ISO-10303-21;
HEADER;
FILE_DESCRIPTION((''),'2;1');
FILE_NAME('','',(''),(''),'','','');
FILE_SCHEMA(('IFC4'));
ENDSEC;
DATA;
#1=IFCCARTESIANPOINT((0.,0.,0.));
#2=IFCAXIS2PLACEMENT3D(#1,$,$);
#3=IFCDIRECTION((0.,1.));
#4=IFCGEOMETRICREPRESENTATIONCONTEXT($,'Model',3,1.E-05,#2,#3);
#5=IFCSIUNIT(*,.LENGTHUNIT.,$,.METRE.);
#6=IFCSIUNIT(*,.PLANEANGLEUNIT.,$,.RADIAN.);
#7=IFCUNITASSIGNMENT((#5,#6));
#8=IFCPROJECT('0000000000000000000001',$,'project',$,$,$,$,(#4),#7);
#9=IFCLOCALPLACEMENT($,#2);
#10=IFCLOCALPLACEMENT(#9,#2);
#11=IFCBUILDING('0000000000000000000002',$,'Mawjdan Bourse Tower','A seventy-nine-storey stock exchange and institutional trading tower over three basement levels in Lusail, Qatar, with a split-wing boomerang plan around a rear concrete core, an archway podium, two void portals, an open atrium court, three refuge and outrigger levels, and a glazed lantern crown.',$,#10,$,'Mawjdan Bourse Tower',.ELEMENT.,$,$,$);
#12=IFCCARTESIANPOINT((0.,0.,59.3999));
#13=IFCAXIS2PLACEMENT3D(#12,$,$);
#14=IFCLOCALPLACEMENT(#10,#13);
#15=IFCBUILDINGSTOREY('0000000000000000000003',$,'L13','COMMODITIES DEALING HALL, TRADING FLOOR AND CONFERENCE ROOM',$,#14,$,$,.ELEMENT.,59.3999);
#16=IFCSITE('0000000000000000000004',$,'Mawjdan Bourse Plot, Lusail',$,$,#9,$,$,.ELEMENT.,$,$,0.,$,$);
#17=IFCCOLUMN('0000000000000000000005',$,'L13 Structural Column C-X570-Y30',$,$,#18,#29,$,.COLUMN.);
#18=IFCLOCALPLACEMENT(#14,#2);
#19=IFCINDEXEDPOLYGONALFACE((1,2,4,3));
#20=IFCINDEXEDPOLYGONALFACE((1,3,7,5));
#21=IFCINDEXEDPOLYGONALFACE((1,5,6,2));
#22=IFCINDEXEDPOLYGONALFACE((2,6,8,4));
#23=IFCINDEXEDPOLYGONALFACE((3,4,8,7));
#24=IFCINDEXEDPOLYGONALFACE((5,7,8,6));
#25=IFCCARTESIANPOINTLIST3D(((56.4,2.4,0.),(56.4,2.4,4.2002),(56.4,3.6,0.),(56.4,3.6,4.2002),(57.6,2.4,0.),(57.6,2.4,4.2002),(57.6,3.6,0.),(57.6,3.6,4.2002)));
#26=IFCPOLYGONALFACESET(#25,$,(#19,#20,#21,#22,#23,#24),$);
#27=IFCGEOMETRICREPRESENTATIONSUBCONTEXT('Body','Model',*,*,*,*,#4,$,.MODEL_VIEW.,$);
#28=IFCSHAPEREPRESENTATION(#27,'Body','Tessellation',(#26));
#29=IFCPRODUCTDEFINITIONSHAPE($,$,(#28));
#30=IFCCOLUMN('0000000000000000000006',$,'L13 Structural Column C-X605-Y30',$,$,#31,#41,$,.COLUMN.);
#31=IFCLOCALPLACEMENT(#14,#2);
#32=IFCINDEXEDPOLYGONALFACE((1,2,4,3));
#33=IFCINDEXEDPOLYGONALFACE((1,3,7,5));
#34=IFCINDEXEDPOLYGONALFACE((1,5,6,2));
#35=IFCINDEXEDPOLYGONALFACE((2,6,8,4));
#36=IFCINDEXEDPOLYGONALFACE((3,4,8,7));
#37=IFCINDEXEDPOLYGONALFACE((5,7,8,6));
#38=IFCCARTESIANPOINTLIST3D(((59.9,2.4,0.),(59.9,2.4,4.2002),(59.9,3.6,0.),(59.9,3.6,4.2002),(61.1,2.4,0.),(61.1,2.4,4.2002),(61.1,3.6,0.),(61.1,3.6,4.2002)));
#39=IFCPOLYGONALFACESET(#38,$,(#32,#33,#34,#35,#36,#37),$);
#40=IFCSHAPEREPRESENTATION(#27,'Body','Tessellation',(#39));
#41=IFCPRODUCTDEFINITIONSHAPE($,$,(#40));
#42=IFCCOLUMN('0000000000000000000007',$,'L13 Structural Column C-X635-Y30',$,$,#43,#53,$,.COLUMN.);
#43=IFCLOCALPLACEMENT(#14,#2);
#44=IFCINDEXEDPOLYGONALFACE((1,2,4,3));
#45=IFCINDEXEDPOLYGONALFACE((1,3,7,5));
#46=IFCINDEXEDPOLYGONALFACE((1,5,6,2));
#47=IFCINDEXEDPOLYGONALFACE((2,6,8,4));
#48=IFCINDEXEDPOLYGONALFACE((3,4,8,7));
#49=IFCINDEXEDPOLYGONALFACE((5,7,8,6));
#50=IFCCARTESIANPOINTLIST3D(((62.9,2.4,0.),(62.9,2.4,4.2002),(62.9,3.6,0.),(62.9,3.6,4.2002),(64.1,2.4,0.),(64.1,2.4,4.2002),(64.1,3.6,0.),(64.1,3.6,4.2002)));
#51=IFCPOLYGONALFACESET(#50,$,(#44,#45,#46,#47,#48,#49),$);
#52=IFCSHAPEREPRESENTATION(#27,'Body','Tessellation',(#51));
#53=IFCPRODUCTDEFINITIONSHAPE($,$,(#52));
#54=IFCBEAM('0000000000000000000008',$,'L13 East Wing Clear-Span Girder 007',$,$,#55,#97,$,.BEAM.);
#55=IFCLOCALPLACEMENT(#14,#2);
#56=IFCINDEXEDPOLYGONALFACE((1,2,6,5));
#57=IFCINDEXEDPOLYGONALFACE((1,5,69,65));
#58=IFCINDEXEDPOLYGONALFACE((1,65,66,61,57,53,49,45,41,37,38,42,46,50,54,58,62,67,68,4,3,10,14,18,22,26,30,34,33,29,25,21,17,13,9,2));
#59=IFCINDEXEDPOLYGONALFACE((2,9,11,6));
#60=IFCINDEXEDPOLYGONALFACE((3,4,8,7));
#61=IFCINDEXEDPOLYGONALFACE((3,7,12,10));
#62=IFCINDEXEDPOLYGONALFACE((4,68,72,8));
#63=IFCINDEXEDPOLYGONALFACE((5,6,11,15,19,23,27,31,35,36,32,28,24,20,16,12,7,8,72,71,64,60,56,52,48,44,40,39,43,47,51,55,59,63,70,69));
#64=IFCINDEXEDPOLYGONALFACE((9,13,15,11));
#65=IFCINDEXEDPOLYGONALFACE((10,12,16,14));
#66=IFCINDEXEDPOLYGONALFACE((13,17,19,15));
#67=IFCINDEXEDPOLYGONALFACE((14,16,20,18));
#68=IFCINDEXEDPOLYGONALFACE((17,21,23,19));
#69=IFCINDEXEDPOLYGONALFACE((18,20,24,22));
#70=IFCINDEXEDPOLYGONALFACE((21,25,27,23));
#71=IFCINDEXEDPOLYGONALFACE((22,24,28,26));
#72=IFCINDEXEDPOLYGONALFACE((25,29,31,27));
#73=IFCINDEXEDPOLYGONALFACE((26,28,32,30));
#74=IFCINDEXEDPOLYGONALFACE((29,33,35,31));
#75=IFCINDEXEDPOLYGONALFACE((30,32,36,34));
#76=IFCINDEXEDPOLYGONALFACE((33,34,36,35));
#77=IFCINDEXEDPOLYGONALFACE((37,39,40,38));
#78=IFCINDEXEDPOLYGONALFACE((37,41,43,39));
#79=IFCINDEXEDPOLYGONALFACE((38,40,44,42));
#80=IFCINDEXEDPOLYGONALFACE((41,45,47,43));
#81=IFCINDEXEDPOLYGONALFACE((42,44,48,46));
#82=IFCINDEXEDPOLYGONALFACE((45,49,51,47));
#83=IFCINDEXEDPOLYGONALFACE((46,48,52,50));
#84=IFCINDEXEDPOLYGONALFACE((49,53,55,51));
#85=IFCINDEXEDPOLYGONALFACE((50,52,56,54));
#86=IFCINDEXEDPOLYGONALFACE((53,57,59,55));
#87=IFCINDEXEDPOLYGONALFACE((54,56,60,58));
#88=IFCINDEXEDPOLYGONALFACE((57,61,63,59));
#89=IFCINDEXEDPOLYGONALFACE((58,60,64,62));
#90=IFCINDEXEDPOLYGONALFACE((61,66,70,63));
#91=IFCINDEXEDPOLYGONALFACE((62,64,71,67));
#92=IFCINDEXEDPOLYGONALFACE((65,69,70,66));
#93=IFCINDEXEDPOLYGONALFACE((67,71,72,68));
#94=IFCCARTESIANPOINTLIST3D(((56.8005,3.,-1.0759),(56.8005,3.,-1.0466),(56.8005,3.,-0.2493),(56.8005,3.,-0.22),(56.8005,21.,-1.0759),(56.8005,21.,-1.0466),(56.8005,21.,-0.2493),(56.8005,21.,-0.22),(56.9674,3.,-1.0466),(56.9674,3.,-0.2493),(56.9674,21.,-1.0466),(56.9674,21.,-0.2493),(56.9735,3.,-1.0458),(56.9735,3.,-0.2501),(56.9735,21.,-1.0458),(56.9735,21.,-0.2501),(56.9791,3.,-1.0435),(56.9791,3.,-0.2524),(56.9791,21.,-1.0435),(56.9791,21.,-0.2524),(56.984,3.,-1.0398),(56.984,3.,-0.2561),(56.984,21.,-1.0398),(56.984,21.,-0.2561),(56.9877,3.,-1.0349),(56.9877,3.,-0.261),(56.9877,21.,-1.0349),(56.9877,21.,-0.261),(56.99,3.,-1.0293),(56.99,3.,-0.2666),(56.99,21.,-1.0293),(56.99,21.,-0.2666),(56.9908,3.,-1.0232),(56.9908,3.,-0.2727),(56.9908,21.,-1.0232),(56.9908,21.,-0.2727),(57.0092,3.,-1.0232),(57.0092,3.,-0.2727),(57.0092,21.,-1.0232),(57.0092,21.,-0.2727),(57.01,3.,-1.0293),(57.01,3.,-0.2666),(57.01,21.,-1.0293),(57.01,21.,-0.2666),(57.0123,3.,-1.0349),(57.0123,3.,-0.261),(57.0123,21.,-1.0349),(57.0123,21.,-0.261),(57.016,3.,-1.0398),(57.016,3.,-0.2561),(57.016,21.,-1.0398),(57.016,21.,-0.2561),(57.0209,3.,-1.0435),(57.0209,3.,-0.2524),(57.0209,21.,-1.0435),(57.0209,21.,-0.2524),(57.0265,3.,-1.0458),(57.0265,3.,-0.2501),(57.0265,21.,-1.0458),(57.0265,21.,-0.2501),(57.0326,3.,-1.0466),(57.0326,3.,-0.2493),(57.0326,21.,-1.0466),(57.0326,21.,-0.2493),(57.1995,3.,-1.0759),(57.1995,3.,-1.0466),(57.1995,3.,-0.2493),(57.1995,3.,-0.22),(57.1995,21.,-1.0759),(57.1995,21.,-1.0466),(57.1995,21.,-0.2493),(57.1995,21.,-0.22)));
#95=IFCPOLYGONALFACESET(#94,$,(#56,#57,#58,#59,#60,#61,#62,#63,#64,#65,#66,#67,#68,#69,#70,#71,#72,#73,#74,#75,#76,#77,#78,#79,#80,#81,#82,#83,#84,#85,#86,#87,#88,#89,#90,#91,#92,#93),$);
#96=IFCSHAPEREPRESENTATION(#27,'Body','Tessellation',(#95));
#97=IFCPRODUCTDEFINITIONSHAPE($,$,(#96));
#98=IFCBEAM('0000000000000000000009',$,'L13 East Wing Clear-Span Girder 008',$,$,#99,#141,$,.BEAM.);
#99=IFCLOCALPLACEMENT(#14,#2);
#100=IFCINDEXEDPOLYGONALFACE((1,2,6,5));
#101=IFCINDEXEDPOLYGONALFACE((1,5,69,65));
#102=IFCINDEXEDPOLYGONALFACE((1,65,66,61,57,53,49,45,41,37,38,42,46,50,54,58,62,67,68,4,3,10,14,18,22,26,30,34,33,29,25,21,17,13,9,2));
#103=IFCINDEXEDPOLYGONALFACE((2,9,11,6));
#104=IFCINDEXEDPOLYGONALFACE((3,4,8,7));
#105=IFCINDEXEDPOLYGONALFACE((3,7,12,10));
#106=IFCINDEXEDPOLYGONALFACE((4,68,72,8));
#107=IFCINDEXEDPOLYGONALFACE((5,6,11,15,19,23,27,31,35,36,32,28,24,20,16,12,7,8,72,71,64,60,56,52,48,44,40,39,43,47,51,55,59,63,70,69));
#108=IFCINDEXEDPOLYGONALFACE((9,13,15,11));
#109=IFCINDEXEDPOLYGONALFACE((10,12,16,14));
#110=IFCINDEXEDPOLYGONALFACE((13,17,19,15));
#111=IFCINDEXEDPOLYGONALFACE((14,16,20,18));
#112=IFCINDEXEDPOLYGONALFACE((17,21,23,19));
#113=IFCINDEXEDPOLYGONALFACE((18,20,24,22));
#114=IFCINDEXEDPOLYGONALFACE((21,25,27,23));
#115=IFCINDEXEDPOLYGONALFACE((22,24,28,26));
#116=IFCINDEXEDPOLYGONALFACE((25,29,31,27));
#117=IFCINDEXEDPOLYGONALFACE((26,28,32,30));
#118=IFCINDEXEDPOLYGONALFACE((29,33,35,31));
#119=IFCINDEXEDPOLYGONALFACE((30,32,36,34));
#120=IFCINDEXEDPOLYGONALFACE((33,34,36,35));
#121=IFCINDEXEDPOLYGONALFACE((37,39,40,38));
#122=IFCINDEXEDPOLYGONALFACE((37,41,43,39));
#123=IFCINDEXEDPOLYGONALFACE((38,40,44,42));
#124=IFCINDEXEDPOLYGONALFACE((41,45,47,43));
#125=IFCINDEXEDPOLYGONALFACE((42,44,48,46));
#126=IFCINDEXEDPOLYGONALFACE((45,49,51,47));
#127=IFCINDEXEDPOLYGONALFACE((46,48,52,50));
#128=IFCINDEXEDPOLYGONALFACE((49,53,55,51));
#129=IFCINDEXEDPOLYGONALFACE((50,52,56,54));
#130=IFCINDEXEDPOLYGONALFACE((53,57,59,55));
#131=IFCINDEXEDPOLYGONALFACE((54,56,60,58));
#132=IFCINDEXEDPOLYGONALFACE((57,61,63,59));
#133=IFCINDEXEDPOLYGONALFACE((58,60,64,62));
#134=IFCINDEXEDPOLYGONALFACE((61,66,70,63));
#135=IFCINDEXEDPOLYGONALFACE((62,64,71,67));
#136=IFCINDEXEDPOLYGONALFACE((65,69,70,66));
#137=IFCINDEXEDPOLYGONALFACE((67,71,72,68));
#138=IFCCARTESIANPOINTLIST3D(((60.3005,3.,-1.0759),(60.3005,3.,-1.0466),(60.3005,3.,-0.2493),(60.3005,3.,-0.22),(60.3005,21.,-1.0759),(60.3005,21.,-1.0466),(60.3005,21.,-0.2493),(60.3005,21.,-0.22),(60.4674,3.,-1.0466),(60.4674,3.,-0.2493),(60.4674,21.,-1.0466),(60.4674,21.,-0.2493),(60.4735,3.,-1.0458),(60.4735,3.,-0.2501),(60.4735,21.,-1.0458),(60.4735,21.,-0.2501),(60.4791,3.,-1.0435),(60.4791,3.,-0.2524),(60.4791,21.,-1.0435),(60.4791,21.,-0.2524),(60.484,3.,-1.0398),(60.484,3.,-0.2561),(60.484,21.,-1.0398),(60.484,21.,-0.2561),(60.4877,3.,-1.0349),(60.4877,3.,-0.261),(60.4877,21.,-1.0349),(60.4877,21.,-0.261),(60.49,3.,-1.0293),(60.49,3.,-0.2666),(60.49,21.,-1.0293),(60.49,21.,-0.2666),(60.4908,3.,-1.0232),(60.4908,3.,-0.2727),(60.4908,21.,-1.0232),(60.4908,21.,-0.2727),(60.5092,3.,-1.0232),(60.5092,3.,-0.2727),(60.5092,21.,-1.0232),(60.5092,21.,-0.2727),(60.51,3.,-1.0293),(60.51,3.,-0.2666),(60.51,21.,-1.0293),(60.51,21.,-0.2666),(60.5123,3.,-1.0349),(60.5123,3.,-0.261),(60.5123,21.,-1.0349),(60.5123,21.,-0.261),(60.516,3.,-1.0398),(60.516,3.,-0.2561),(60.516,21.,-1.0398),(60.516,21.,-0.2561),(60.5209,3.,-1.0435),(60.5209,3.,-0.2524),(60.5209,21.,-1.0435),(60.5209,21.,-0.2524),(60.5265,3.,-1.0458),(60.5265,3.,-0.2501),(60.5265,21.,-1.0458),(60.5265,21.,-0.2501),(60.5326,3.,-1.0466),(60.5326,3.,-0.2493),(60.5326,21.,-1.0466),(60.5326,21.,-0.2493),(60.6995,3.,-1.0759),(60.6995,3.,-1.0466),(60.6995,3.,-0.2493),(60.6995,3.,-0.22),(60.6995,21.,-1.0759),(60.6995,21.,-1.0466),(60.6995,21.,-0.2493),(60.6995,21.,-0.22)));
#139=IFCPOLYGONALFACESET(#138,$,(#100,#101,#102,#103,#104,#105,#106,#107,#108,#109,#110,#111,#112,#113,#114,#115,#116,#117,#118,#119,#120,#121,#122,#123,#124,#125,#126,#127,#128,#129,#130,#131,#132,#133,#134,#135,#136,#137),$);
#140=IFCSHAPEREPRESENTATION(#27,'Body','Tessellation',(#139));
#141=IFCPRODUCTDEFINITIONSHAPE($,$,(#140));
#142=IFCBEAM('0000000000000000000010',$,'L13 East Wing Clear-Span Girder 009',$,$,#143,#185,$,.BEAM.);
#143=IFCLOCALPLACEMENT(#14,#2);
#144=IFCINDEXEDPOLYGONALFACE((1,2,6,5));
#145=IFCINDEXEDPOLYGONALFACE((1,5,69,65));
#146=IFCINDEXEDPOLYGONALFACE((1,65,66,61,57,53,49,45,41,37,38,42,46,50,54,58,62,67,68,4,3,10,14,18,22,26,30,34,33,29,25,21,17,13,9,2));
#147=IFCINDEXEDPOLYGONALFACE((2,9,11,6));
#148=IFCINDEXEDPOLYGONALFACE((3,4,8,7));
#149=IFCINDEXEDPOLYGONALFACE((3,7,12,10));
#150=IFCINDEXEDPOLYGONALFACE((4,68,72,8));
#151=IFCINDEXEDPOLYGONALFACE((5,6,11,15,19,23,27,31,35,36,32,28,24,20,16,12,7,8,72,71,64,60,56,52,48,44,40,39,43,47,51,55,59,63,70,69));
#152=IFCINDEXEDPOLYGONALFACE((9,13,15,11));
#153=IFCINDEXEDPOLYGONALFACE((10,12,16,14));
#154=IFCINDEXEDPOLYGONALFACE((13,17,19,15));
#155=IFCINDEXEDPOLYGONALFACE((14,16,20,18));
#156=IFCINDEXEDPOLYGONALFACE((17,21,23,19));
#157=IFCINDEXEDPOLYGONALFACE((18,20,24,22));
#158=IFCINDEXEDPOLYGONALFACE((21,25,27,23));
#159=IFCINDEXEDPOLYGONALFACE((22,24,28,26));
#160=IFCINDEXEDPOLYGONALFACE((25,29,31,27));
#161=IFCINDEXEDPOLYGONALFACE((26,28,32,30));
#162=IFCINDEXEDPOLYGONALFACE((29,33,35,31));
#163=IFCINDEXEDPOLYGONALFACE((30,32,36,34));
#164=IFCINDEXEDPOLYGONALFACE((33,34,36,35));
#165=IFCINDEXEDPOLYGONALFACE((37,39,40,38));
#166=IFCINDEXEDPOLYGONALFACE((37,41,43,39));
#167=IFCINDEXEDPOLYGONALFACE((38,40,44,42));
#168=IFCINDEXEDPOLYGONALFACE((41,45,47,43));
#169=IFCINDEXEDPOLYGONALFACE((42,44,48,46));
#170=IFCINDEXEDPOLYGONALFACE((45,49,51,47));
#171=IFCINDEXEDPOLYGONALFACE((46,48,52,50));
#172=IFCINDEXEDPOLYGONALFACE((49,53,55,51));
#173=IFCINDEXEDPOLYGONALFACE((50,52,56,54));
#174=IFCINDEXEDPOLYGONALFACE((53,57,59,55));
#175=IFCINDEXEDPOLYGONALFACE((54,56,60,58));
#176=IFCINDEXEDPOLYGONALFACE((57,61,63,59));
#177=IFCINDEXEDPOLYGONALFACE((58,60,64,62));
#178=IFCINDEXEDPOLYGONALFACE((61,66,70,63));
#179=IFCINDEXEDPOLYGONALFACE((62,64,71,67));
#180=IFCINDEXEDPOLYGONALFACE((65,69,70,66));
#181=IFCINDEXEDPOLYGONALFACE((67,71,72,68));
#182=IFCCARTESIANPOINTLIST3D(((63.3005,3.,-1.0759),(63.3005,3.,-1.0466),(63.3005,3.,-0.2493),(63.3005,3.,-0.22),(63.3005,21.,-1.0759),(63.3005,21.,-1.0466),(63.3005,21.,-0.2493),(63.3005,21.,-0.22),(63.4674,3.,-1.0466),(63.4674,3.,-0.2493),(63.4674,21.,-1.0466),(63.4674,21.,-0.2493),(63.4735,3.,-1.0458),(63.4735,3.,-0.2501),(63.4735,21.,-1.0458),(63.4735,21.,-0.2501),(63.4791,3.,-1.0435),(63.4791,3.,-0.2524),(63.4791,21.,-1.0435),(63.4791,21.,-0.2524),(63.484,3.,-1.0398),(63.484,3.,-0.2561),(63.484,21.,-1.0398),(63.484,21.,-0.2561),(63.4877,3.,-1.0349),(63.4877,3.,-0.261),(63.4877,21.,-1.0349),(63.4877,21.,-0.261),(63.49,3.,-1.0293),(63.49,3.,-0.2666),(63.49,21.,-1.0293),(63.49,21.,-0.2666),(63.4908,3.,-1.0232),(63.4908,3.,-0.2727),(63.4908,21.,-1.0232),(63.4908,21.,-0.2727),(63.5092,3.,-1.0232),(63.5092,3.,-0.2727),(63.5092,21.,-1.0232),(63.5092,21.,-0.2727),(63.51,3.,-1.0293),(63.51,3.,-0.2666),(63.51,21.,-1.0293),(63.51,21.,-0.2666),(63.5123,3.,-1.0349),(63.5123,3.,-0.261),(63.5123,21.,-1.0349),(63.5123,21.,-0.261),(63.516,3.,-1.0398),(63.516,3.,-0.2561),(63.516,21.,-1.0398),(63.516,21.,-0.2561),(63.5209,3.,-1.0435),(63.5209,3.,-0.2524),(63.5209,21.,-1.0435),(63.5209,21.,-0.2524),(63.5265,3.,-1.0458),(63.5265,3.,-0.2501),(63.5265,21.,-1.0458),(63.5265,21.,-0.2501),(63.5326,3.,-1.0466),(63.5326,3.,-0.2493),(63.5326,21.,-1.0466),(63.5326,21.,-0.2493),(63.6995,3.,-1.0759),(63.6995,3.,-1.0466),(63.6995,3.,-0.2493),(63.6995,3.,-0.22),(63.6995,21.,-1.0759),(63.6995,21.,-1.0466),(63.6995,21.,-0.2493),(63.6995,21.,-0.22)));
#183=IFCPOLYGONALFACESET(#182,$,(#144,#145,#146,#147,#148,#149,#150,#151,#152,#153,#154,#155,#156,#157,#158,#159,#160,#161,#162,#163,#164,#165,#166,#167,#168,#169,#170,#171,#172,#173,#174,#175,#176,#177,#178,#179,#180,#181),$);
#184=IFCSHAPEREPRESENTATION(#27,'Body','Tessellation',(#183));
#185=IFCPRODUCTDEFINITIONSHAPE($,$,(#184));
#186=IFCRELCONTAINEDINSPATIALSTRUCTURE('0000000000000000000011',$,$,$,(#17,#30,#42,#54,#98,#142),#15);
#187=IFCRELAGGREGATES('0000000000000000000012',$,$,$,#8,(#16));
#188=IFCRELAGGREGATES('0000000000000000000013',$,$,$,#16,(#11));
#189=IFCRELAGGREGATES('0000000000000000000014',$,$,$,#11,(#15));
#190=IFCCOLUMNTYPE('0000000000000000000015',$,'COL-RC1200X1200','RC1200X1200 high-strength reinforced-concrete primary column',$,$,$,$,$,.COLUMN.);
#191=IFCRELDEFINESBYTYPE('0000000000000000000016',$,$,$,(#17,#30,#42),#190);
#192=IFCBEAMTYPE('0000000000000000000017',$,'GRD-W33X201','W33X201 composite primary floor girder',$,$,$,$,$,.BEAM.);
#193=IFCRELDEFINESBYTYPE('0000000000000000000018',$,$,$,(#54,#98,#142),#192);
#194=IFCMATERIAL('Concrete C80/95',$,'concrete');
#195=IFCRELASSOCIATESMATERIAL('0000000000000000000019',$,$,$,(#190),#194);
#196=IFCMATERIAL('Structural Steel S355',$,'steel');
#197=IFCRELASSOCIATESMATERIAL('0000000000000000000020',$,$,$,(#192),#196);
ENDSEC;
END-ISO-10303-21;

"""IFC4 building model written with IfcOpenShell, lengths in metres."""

from ifc_helpers import new_model, si_unit, direction, frame, origin, origin_2d, place, context, subcontext, project, spatial, rectangle, i_section, extrude, material, material_profile, profile_set, type_object, element, save


model = new_model("IFC4")

# Units and contexts
model_context = context("Model", 3, precision=1e-05, world=origin(), true_north=direction((0.0, 1.0)))
body_context = subcontext(model_context, "Body", "Model", "MODEL_VIEW")
ifc_project = project(units=[si_unit("LENGTHUNIT", "METRE"), si_unit("PLANEANGLEUNIT", "RADIAN")], contexts=[model_context])

# Site, building, storey
site_placement = place(None, origin())
site = spatial("IfcSite", under=ifc_project, at=site_placement, Name="Mawjdan Bourse Plot, Lusail", CompositionType="ELEMENT", RefElevation=0.0)
building_placement = place(site_placement, origin())
building = spatial("IfcBuilding", under=site, at=building_placement, Name="Mawjdan Bourse Tower", Description="A seventy-nine-storey stock exchange and institutional trading tower over three basement levels in Lusail, Qatar, with a split-wing boomerang plan around a rear concrete core, an archway podium, two void portals, an open atrium court, three refuge and outrigger levels, and a glazed lantern crown.", LongName="Mawjdan Bourse Tower", CompositionType="ELEMENT")
storey_placement = place(building_placement, frame((0.0, 0.0, 59.3999)))
storey = spatial("IfcBuildingStorey", under=building, at=storey_placement, Name="L13", Description="COMMODITIES DEALING HALL, TRADING FLOOR AND CONFERENCE ROOM", CompositionType="ELEMENT", Elevation=59.3999)

# Columns
ifc_material_1 = material(Name="Concrete C80/95", Category="concrete")
ifc_material_profile_1 = material_profile(ifc_material_1, rectangle(XDim=1.2, YDim=1.2, at=origin_2d()), Name="RC1200X1200")
ifc_profile_set_1 = profile_set([ifc_material_profile_1], Name="Concrete C80/95")
column_type = type_object("IfcColumnType", Name="COL-RC1200X1200", Description="RC1200X1200 high-strength reinforced-concrete primary column", PredefinedType="COLUMN", material=ifc_profile_set_1)
for number, where, z_axis, x_axis, name in (
    (1, (57.0, 3.0, 0.0), (0.0, 0.0, 1.0), (1.0, 0.0, 0.0), "L13 Structural Column C-X570-Y30"),
    (2, (60.5, 3.0, 0.0), (0.0, 0.0, 1.0), (1.0, 0.0, 0.0), "L13 Structural Column C-X605-Y30"),
    (3, (63.5, 3.0, 0.0), (0.0, 0.0, 1.0), (1.0, 0.0, 0.0), "L13 Structural Column C-X635-Y30"),
):
    element("IfcColumn", number, at=place(storey_placement, frame(where, z_axis=z_axis, x_axis=x_axis)), inside=storey, type_object=column_type, Name=name, PredefinedType="COLUMN", context=body_context, shape_type="SweptSolid", body=[
        extrude(rectangle(XDim=1.2, YDim=1.2, at=origin_2d()), origin(), (0.0, 0.0, 1.0), 4.2002),
    ])

# Beams
ifc_material_2 = material(Name="Structural Steel S355", Category="steel")
ifc_material_profile_2 = material_profile(ifc_material_2, i_section(OverallWidth=0.3989, OverallDepth=0.856, WebThickness=0.0183, FlangeThickness=0.0293, FilletRadius=0.0234, at=origin_2d()), Name="W33X201")
ifc_profile_set_2 = profile_set([ifc_material_profile_2], Name="Structural Steel S355")
beam_type_1 = type_object("IfcBeamType", Name="GRD-W33X201", Description="W33X201 composite primary floor girder", PredefinedType="BEAM", material=ifc_profile_set_2)
for number, where, z_axis, x_axis, name in (
    (4, (57.0, 3.0, -0.6479), (0.0, 1.0, 0.0), (-1.0, 0.0, 0.0), "L13 East Wing Clear-Span Girder 007"),
    (5, (60.5, 3.0, -0.6479), (0.0, 1.0, 0.0), (-1.0, 0.0, 0.0), "L13 East Wing Clear-Span Girder 008"),
    (6, (63.5, 3.0, -0.6479), (0.0, 1.0, 0.0), (-1.0, 0.0, 0.0), "L13 East Wing Clear-Span Girder 009"),
):
    element("IfcBeam", number, at=place(storey_placement, frame(where, z_axis=z_axis, x_axis=x_axis)), inside=storey, type_object=beam_type_1, Name=name, PredefinedType="BEAM", context=body_context, shape_type="SweptSolid", body=[
        extrude(i_section(OverallWidth=0.3989, OverallDepth=0.856, WebThickness=0.0183, FlangeThickness=0.0293, FilletRadius=0.0234, at=origin_2d()), origin(), (0.0, 0.0, 1.0), 18.0),
    ])

save(model, "model.ifc")
